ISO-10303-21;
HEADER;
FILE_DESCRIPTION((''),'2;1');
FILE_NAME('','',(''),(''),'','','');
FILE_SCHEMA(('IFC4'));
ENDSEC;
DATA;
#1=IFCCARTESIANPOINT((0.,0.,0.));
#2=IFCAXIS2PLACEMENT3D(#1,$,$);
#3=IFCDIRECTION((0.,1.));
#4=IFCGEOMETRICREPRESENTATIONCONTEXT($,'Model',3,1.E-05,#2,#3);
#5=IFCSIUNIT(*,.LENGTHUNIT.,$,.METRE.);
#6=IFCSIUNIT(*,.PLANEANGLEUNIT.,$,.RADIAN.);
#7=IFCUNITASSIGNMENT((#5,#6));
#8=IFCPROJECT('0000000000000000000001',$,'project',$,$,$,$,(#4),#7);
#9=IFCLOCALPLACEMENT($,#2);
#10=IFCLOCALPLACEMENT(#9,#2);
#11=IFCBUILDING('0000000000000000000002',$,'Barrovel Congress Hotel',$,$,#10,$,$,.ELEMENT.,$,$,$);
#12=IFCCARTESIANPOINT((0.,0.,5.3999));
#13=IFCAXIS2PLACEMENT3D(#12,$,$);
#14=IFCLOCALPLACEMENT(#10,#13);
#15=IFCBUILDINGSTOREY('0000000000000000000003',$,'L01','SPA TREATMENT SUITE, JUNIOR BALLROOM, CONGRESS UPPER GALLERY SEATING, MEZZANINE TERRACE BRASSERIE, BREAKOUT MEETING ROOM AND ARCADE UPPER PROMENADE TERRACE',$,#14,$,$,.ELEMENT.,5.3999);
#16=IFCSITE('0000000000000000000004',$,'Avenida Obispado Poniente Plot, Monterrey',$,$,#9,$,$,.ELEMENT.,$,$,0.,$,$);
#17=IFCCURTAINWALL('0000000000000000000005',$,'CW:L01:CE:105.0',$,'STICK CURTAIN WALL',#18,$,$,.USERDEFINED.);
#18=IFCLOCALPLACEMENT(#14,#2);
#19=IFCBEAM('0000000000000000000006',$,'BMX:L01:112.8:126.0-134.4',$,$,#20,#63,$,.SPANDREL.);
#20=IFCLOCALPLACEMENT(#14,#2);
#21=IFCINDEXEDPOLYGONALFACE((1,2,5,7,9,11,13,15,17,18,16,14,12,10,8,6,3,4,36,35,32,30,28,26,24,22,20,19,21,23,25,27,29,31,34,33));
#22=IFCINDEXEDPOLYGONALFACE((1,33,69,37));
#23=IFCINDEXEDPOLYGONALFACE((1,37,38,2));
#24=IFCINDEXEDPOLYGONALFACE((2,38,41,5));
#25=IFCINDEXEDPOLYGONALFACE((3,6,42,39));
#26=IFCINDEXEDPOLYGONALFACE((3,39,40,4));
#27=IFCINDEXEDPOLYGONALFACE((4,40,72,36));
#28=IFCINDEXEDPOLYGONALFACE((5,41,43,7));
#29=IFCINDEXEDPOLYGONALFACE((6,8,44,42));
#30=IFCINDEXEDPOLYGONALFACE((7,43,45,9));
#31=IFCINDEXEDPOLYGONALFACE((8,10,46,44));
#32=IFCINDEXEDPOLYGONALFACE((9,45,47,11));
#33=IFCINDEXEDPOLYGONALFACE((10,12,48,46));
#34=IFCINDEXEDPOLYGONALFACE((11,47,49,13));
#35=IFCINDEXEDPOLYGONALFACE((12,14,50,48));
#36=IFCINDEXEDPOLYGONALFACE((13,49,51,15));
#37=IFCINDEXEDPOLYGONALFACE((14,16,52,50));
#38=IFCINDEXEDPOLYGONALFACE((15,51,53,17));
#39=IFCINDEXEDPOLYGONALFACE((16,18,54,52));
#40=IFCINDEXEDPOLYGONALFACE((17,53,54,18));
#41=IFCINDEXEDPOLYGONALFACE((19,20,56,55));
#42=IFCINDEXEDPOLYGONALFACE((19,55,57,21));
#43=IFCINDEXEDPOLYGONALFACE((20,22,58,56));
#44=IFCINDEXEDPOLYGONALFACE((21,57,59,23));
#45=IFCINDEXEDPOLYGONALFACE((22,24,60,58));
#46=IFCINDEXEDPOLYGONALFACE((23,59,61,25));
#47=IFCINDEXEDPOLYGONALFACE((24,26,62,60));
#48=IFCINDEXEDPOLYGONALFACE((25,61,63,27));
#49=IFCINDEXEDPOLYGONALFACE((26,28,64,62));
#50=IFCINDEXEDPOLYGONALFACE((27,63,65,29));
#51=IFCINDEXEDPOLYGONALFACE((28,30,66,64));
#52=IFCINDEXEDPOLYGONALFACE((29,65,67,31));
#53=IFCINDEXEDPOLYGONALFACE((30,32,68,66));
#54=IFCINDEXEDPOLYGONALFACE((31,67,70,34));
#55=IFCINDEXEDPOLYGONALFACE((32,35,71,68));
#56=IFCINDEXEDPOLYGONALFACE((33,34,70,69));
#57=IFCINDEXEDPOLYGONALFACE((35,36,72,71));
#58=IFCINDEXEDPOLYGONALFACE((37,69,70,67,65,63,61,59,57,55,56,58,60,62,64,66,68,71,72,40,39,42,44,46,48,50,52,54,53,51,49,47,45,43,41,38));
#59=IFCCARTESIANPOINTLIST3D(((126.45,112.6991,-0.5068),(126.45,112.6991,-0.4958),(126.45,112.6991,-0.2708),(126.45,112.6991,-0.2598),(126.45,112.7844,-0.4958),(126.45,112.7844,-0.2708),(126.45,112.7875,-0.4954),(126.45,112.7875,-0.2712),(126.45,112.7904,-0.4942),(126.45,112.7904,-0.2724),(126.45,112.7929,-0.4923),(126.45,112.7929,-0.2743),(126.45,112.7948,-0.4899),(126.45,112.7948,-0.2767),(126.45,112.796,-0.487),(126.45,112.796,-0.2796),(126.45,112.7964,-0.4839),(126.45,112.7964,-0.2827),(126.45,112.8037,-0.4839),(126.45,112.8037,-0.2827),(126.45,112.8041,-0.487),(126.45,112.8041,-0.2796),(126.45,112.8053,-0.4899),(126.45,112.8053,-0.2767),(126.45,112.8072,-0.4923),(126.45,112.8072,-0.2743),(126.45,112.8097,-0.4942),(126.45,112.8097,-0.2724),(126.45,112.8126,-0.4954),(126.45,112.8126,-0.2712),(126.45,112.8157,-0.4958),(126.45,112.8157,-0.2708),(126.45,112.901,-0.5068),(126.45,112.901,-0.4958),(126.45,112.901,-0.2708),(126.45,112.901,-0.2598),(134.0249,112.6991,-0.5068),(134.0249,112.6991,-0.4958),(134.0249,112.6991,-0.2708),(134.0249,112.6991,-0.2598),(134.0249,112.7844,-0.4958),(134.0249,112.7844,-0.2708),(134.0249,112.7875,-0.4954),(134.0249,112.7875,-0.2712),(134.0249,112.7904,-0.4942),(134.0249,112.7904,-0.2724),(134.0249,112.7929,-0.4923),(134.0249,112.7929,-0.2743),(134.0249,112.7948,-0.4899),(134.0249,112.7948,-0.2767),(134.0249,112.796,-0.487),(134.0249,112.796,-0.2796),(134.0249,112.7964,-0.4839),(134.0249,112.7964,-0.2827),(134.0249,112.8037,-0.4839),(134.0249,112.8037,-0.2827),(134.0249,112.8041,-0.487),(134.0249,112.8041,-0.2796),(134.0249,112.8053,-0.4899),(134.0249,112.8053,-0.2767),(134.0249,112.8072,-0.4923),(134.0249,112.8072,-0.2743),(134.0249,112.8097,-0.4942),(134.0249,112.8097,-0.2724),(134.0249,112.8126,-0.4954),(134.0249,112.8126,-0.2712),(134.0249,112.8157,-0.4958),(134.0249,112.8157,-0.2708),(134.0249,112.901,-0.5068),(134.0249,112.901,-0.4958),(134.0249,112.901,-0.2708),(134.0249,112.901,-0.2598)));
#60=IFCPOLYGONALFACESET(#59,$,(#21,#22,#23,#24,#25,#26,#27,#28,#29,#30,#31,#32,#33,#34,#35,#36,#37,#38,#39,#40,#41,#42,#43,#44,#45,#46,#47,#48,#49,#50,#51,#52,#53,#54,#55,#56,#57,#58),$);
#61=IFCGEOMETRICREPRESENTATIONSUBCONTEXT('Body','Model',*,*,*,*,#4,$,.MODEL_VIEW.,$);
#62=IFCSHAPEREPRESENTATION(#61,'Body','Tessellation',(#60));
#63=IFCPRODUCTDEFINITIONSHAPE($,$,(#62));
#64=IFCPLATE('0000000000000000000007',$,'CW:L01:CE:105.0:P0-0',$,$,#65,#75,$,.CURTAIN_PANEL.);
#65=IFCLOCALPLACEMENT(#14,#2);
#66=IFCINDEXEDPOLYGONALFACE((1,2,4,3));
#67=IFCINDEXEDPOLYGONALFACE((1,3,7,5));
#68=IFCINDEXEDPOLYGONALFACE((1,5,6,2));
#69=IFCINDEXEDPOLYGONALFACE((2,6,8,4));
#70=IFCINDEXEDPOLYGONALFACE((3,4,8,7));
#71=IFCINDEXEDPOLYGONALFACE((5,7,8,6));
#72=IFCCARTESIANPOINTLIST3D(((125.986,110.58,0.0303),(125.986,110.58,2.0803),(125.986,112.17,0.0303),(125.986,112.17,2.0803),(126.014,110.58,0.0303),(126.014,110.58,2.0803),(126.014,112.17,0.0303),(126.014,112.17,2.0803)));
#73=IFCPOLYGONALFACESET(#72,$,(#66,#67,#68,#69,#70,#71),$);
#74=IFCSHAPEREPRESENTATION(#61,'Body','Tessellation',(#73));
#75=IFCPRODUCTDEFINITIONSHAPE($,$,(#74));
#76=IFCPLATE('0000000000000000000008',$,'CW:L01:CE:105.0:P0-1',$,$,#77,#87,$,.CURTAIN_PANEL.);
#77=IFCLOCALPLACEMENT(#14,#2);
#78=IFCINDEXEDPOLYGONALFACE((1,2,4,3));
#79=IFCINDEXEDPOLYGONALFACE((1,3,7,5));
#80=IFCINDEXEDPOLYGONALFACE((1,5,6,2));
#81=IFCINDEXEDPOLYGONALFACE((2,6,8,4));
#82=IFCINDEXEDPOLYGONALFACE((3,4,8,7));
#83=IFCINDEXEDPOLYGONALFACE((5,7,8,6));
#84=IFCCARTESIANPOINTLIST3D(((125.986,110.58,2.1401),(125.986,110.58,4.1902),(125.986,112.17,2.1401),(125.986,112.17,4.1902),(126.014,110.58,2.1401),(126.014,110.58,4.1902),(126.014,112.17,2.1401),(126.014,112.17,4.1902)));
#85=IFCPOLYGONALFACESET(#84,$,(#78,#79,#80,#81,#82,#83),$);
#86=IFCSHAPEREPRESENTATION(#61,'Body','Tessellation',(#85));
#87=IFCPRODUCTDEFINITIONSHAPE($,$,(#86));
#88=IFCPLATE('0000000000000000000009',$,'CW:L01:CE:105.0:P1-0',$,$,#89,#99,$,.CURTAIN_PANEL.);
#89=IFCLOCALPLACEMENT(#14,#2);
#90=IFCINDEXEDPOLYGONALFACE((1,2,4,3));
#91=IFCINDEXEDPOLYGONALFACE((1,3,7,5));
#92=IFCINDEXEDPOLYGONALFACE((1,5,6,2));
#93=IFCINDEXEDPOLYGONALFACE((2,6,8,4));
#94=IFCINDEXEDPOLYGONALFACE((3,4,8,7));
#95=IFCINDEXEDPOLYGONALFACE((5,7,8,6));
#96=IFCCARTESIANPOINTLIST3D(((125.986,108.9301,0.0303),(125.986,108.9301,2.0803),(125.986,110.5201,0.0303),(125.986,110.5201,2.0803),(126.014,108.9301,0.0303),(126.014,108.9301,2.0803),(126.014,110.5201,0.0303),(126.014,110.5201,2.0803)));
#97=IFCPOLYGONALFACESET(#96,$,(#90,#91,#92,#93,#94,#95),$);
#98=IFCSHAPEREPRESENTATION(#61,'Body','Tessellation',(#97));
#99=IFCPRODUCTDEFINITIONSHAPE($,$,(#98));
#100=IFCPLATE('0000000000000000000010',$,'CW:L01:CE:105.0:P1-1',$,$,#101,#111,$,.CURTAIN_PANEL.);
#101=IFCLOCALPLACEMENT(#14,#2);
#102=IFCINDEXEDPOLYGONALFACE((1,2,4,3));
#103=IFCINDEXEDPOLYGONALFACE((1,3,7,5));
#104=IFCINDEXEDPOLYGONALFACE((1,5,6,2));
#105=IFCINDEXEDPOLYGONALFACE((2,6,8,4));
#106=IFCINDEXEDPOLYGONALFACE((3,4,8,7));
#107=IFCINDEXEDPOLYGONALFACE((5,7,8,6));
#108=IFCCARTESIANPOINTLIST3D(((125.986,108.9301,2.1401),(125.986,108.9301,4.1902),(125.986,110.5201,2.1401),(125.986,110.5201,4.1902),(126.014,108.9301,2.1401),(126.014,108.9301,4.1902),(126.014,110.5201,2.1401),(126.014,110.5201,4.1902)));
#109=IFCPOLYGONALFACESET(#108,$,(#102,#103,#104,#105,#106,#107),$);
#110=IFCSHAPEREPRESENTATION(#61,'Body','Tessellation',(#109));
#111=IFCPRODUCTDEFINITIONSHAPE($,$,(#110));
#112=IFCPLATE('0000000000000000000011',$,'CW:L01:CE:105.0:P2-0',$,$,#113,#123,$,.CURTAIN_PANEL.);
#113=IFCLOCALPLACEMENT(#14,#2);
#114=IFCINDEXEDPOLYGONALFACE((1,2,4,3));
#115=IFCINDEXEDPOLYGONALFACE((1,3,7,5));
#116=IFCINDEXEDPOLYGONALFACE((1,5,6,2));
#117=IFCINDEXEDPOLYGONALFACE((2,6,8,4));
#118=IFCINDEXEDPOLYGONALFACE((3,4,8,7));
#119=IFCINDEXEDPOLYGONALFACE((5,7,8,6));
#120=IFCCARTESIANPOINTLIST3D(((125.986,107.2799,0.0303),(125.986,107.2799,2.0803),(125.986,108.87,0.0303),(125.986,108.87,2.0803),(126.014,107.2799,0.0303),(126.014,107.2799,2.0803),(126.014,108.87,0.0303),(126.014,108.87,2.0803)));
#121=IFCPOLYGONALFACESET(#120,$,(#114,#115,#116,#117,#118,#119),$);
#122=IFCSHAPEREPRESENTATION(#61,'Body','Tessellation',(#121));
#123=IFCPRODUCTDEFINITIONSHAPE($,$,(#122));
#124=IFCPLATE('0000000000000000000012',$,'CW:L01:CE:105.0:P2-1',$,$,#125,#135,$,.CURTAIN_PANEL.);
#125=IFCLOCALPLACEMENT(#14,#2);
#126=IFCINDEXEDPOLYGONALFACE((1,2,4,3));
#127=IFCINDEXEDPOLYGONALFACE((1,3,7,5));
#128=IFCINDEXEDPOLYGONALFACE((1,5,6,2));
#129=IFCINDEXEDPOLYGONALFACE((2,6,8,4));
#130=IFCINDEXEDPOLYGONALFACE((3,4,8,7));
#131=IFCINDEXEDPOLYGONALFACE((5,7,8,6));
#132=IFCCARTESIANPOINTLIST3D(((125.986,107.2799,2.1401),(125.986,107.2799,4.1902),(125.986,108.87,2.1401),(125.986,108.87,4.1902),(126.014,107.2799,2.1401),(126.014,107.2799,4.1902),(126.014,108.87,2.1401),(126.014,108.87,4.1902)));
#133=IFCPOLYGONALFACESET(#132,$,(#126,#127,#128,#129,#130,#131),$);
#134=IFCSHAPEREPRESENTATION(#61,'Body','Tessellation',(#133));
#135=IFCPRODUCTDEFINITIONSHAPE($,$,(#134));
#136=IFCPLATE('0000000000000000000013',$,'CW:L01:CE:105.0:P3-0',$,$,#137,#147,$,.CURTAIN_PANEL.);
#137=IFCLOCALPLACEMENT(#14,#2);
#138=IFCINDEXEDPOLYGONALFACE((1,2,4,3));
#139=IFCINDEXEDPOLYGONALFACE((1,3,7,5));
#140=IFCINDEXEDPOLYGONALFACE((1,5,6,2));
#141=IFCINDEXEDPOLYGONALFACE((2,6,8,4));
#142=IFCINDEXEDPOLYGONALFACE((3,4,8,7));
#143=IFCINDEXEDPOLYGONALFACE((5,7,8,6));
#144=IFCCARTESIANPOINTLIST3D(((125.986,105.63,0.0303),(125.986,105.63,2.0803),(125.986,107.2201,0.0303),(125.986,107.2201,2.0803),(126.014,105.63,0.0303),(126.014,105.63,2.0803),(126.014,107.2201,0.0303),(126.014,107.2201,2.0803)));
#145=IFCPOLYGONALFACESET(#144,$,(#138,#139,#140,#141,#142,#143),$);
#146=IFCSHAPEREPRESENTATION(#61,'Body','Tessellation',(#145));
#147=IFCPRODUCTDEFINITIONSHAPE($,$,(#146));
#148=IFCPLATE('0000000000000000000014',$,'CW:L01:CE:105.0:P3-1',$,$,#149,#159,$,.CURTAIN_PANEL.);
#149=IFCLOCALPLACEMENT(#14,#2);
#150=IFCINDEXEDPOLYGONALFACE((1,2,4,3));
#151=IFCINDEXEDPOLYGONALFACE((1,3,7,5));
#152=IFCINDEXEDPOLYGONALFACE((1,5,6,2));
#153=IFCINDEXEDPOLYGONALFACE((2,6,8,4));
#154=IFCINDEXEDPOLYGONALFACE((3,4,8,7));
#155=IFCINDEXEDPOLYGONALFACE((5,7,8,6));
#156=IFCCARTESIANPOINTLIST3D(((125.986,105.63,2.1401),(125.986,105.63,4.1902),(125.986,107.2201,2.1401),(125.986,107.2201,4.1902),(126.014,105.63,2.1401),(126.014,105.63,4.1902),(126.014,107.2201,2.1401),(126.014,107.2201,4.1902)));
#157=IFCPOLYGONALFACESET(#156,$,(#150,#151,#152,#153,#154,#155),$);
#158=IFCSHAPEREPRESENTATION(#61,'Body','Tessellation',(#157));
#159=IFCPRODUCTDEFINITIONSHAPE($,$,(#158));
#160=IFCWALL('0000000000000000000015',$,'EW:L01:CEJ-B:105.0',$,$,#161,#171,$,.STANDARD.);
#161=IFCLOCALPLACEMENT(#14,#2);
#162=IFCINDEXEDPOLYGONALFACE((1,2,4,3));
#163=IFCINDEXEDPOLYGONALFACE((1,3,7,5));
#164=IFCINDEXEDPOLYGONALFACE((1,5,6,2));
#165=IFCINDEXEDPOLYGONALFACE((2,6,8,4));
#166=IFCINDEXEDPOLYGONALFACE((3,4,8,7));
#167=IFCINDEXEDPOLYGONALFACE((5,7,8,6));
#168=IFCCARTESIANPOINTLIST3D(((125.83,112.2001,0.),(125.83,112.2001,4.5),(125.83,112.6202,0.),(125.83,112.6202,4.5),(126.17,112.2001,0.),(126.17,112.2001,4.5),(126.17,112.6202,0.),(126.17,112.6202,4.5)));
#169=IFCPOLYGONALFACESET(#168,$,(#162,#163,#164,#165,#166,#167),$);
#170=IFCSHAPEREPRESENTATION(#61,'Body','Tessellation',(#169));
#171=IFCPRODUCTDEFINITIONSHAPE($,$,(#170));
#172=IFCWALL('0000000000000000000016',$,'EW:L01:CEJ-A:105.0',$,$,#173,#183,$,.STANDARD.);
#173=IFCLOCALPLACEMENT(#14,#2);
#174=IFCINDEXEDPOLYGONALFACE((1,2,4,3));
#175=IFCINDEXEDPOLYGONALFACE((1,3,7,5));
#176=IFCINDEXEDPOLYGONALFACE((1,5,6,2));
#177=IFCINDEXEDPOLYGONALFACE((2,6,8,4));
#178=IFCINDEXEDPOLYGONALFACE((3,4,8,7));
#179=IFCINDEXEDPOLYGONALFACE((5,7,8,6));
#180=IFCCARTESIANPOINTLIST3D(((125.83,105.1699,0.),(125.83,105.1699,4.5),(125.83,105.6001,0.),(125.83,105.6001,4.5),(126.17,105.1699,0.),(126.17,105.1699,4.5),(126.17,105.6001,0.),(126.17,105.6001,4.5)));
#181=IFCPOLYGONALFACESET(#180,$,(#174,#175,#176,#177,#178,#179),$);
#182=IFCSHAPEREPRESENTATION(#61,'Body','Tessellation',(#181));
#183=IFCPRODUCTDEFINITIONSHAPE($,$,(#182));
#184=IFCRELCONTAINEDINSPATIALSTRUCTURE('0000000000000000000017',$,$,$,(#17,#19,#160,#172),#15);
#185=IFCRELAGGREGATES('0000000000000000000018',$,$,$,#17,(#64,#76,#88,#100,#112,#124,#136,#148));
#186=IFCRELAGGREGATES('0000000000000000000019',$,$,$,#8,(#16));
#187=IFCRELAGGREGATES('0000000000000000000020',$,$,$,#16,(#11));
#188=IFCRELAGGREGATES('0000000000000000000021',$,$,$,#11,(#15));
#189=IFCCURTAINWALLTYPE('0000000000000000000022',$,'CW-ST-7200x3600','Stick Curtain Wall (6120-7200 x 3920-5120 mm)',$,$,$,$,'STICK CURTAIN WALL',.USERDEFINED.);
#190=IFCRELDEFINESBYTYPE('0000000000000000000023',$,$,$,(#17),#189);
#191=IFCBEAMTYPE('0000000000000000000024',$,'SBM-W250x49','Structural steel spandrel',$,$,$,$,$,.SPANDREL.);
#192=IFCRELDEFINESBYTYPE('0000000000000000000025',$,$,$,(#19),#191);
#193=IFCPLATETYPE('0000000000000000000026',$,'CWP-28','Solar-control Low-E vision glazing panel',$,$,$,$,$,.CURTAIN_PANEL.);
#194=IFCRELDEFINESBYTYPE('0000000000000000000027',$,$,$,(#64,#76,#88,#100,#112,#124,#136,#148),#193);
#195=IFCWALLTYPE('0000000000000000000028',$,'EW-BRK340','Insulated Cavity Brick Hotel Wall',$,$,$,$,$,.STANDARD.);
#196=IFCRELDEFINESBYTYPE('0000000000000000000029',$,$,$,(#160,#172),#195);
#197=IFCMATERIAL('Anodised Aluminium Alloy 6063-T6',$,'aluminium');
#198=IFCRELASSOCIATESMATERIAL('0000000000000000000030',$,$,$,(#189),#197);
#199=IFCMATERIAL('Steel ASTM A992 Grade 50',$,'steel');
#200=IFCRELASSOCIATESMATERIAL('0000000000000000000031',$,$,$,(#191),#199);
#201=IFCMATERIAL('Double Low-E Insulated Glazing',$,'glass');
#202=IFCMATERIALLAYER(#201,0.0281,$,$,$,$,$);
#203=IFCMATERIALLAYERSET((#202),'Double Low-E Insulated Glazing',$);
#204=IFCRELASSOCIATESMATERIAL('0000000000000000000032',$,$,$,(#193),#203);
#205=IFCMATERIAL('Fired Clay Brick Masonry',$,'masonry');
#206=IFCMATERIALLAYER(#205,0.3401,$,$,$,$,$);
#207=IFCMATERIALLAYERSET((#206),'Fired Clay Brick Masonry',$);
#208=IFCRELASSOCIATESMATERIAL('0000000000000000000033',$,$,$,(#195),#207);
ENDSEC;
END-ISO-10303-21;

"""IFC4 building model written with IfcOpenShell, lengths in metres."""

from ifc_helpers import new_model, si_unit, direction, frame, frame_2d, origin, origin_2d, place, context, subcontext, project, spatial, rectangle, i_section, extrude, material, layer, layer_set, material_profile, profile_set, type_object, element, aggregate, save


model = new_model("IFC4")

# Units and contexts
model_context = context("Model", 3, precision=1e-05, world=origin(), true_north=direction((0.0, 1.0)))
body_context = subcontext(model_context, "Body", "Model", "MODEL_VIEW")
ifc_project = project(units=[si_unit("LENGTHUNIT", "METRE"), si_unit("PLANEANGLEUNIT", "RADIAN")], contexts=[model_context])

# Site, building, storey
site_placement = place(None, origin())
site = spatial("IfcSite", under=ifc_project, at=site_placement, Name="Avenida Obispado Poniente Plot, Monterrey", CompositionType="ELEMENT", RefElevation=0.0)
building_placement = place(site_placement, origin())
building = spatial("IfcBuilding", under=site, at=building_placement, Name="Barrovel Congress Hotel", CompositionType="ELEMENT")
storey_placement = place(building_placement, frame((0.0, 0.0, 5.3999)))
storey = spatial("IfcBuildingStorey", under=building, at=storey_placement, Name="L01", Description="SPA TREATMENT SUITE, JUNIOR BALLROOM, CONGRESS UPPER GALLERY SEATING, MEZZANINE TERRACE BRASSERIE, BREAKOUT MEETING ROOM AND ARCADE UPPER PROMENADE TERRACE", CompositionType="ELEMENT", Elevation=5.3999)

# Curtain wall
ifc_material_1 = material(Name="Anodised Aluminium Alloy 6063-T6", Category="aluminium")
curtain_wall_type = type_object("IfcCurtainWallType", Name="CW-ST-7200x3600", Description="Stick Curtain Wall (6120-7200 x 3920-5120 mm)", ElementType="STICK CURTAIN WALL", PredefinedType="USERDEFINED", material=ifc_material_1)
curtain_wall_placement = place(storey_placement, origin())
curtain_wall = element("IfcCurtainWall", 1, at=curtain_wall_placement, inside=storey, type_object=curtain_wall_type, Name="CW:L01:CE:105.0", ObjectType="STICK CURTAIN WALL", PredefinedType="USERDEFINED")

# Beam
ifc_material_2 = material(Name="Steel ASTM A992 Grade 50", Category="steel")
ifc_material_profile_1 = material_profile(ifc_material_2, i_section(OverallWidth=0.2019, OverallDepth=0.2471, WebThickness=0.0073, FlangeThickness=0.011, FilletRadius=0.012, at=origin_2d()), Name="W250x49")
ifc_profile_set_1 = profile_set([ifc_material_profile_1], Name="Steel ASTM A992 Grade 50")
beam_type_1 = type_object("IfcBeamType", Name="SBM-W250x49", Description="Structural steel spandrel", PredefinedType="SPANDREL", material=ifc_profile_set_1)
beam_1_placement = place(storey_placement, frame((126.45, 112.8, -0.3833), z_axis=(1.0, 0.0, 0.0), x_axis=(0.0, 1.0, 0.0)))
element("IfcBeam", 2, at=beam_1_placement, inside=storey, type_object=beam_type_1, Name="BMX:L01:112.8:126.0-134.4", PredefinedType="SPANDREL", context=body_context, shape_type="SweptSolid", body=[
    extrude(i_section(OverallWidth=0.2019, OverallDepth=0.2471, WebThickness=0.0073, FlangeThickness=0.011, FilletRadius=0.012, at=origin_2d()), origin(), (0.0, 0.0, 1.0), 7.575),
])

# Plates
ifc_material_3 = material(Name="Double Low-E Insulated Glazing", Category="glass")
ifc_layer_1 = layer(ifc_material_3, 0.0281)
ifc_layer_set_1 = layer_set([ifc_layer_1], Name="Double Low-E Insulated Glazing")
plate_type = type_object("IfcPlateType", Name="CWP-28", Description="Solar-control Low-E vision glazing panel", PredefinedType="CURTAIN_PANEL", material=ifc_layer_set_1)
plate_1_placement = place(storey_placement, frame((126.0, 111.375, 0.0303), z_axis=(0.0, 0.0, 1.0), x_axis=(0.0, -1.0, 0.0)))
plate_1 = element("IfcPlate", 3, at=plate_1_placement, type_object=plate_type, Name="CW:L01:CE:105.0:P0-0", PredefinedType="CURTAIN_PANEL", context=body_context, shape_type="SweptSolid", body=[
    extrude(rectangle(XDim=1.5901, YDim=0.0281, at=origin_2d()), origin(), (0.0, 0.0, 1.0), 2.05),
])
plate_2_placement = place(storey_placement, frame((126.0, 111.375, 2.1401), z_axis=(0.0, 0.0, 1.0), x_axis=(0.0, -1.0, 0.0)))
plate_2 = element("IfcPlate", 4, at=plate_2_placement, type_object=plate_type, Name="CW:L01:CE:105.0:P0-1", PredefinedType="CURTAIN_PANEL", context=body_context, shape_type="SweptSolid", body=[
    extrude(rectangle(XDim=1.5901, YDim=0.0281, at=origin_2d()), origin(), (0.0, 0.0, 1.0), 2.05),
])
plate_3_placement = place(storey_placement, frame((126.0, 109.7251, 0.0303), z_axis=(0.0, 0.0, 1.0), x_axis=(0.0, -1.0, 0.0)))
plate_3 = element("IfcPlate", 5, at=plate_3_placement, type_object=plate_type, Name="CW:L01:CE:105.0:P1-0", PredefinedType="CURTAIN_PANEL", context=body_context, shape_type="SweptSolid", body=[
    extrude(rectangle(XDim=1.5901, YDim=0.0281, at=origin_2d()), origin(), (0.0, 0.0, 1.0), 2.05),
])
plate_4_placement = place(storey_placement, frame((126.0, 109.7251, 2.1401), z_axis=(0.0, 0.0, 1.0), x_axis=(0.0, -1.0, 0.0)))
plate_4 = element("IfcPlate", 6, at=plate_4_placement, type_object=plate_type, Name="CW:L01:CE:105.0:P1-1", PredefinedType="CURTAIN_PANEL", context=body_context, shape_type="SweptSolid", body=[
    extrude(rectangle(XDim=1.5901, YDim=0.0281, at=origin_2d()), origin(), (0.0, 0.0, 1.0), 2.05),
])
plate_5_placement = place(storey_placement, frame((126.0, 108.075, 0.0303), z_axis=(0.0, 0.0, 1.0), x_axis=(0.0, -1.0, 0.0)))
plate_5 = element("IfcPlate", 7, at=plate_5_placement, type_object=plate_type, Name="CW:L01:CE:105.0:P2-0", PredefinedType="CURTAIN_PANEL", context=body_context, shape_type="SweptSolid", body=[
    extrude(rectangle(XDim=1.5901, YDim=0.0281, at=origin_2d()), origin(), (0.0, 0.0, 1.0), 2.05),
])
plate_6_placement = place(storey_placement, frame((126.0, 108.075, 2.1401), z_axis=(0.0, 0.0, 1.0), x_axis=(0.0, -1.0, 0.0)))
plate_6 = element("IfcPlate", 8, at=plate_6_placement, type_object=plate_type, Name="CW:L01:CE:105.0:P2-1", PredefinedType="CURTAIN_PANEL", context=body_context, shape_type="SweptSolid", body=[
    extrude(rectangle(XDim=1.5901, YDim=0.0281, at=origin_2d()), origin(), (0.0, 0.0, 1.0), 2.05),
])
plate_7_placement = place(storey_placement, frame((126.0, 106.425, 0.0303), z_axis=(0.0, 0.0, 1.0), x_axis=(0.0, -1.0, 0.0)))
plate_7 = element("IfcPlate", 9, at=plate_7_placement, type_object=plate_type, Name="CW:L01:CE:105.0:P3-0", PredefinedType="CURTAIN_PANEL", context=body_context, shape_type="SweptSolid", body=[
    extrude(rectangle(XDim=1.5901, YDim=0.0281, at=origin_2d()), origin(), (0.0, 0.0, 1.0), 2.05),
])
plate_8_placement = place(storey_placement, frame((126.0, 106.425, 2.1401), z_axis=(0.0, 0.0, 1.0), x_axis=(0.0, -1.0, 0.0)))
plate_8 = element("IfcPlate", 10, at=plate_8_placement, type_object=plate_type, Name="CW:L01:CE:105.0:P3-1", PredefinedType="CURTAIN_PANEL", context=body_context, shape_type="SweptSolid", body=[
    extrude(rectangle(XDim=1.5901, YDim=0.0281, at=origin_2d()), origin(), (0.0, 0.0, 1.0), 2.05),
])
aggregate(curtain_wall, [plate_1, plate_2, plate_3, plate_4, plate_5, plate_6, plate_7, plate_8])

# Walls
ifc_material_4 = material(Name="Fired Clay Brick Masonry", Category="masonry")
ifc_layer_2 = layer(ifc_material_4, 0.3401)
ifc_layer_set_2 = layer_set([ifc_layer_2], Name="Fired Clay Brick Masonry")
wall_type_1 = type_object("IfcWallType", Name="EW-BRK340", Description="Insulated Cavity Brick Hotel Wall", PredefinedType="STANDARD", material=ifc_layer_set_2)
wall_1_placement = place(storey_placement, frame((126.0, 112.6201, 0.0), z_axis=(0.0, 0.0, 1.0), x_axis=(0.0, -1.0, 0.0)))
element("IfcWall", 11, at=wall_1_placement, inside=storey, type_object=wall_type_1, Name="EW:L01:CEJ-B:105.0", PredefinedType="STANDARD", context=body_context, shape_type="SweptSolid", body=[
    extrude(rectangle(XDim=0.4202, YDim=0.3401, at=frame_2d((0.21, 0.0))), origin(), (0.0, 0.0, 1.0), 4.5),
])
wall_2_placement = place(storey_placement, frame((126.0, 105.6001, 0.0), z_axis=(0.0, 0.0, 1.0), x_axis=(0.0, -1.0, 0.0)))
element("IfcWall", 12, at=wall_2_placement, inside=storey, type_object=wall_type_1, Name="EW:L01:CEJ-A:105.0", PredefinedType="STANDARD", context=body_context, shape_type="SweptSolid", body=[
    extrude(rectangle(XDim=0.4302, YDim=0.3401, at=frame_2d((0.2151, 0.0))), origin(), (0.0, 0.0, 1.0), 4.5),
])

save(model, "model.ifc")
